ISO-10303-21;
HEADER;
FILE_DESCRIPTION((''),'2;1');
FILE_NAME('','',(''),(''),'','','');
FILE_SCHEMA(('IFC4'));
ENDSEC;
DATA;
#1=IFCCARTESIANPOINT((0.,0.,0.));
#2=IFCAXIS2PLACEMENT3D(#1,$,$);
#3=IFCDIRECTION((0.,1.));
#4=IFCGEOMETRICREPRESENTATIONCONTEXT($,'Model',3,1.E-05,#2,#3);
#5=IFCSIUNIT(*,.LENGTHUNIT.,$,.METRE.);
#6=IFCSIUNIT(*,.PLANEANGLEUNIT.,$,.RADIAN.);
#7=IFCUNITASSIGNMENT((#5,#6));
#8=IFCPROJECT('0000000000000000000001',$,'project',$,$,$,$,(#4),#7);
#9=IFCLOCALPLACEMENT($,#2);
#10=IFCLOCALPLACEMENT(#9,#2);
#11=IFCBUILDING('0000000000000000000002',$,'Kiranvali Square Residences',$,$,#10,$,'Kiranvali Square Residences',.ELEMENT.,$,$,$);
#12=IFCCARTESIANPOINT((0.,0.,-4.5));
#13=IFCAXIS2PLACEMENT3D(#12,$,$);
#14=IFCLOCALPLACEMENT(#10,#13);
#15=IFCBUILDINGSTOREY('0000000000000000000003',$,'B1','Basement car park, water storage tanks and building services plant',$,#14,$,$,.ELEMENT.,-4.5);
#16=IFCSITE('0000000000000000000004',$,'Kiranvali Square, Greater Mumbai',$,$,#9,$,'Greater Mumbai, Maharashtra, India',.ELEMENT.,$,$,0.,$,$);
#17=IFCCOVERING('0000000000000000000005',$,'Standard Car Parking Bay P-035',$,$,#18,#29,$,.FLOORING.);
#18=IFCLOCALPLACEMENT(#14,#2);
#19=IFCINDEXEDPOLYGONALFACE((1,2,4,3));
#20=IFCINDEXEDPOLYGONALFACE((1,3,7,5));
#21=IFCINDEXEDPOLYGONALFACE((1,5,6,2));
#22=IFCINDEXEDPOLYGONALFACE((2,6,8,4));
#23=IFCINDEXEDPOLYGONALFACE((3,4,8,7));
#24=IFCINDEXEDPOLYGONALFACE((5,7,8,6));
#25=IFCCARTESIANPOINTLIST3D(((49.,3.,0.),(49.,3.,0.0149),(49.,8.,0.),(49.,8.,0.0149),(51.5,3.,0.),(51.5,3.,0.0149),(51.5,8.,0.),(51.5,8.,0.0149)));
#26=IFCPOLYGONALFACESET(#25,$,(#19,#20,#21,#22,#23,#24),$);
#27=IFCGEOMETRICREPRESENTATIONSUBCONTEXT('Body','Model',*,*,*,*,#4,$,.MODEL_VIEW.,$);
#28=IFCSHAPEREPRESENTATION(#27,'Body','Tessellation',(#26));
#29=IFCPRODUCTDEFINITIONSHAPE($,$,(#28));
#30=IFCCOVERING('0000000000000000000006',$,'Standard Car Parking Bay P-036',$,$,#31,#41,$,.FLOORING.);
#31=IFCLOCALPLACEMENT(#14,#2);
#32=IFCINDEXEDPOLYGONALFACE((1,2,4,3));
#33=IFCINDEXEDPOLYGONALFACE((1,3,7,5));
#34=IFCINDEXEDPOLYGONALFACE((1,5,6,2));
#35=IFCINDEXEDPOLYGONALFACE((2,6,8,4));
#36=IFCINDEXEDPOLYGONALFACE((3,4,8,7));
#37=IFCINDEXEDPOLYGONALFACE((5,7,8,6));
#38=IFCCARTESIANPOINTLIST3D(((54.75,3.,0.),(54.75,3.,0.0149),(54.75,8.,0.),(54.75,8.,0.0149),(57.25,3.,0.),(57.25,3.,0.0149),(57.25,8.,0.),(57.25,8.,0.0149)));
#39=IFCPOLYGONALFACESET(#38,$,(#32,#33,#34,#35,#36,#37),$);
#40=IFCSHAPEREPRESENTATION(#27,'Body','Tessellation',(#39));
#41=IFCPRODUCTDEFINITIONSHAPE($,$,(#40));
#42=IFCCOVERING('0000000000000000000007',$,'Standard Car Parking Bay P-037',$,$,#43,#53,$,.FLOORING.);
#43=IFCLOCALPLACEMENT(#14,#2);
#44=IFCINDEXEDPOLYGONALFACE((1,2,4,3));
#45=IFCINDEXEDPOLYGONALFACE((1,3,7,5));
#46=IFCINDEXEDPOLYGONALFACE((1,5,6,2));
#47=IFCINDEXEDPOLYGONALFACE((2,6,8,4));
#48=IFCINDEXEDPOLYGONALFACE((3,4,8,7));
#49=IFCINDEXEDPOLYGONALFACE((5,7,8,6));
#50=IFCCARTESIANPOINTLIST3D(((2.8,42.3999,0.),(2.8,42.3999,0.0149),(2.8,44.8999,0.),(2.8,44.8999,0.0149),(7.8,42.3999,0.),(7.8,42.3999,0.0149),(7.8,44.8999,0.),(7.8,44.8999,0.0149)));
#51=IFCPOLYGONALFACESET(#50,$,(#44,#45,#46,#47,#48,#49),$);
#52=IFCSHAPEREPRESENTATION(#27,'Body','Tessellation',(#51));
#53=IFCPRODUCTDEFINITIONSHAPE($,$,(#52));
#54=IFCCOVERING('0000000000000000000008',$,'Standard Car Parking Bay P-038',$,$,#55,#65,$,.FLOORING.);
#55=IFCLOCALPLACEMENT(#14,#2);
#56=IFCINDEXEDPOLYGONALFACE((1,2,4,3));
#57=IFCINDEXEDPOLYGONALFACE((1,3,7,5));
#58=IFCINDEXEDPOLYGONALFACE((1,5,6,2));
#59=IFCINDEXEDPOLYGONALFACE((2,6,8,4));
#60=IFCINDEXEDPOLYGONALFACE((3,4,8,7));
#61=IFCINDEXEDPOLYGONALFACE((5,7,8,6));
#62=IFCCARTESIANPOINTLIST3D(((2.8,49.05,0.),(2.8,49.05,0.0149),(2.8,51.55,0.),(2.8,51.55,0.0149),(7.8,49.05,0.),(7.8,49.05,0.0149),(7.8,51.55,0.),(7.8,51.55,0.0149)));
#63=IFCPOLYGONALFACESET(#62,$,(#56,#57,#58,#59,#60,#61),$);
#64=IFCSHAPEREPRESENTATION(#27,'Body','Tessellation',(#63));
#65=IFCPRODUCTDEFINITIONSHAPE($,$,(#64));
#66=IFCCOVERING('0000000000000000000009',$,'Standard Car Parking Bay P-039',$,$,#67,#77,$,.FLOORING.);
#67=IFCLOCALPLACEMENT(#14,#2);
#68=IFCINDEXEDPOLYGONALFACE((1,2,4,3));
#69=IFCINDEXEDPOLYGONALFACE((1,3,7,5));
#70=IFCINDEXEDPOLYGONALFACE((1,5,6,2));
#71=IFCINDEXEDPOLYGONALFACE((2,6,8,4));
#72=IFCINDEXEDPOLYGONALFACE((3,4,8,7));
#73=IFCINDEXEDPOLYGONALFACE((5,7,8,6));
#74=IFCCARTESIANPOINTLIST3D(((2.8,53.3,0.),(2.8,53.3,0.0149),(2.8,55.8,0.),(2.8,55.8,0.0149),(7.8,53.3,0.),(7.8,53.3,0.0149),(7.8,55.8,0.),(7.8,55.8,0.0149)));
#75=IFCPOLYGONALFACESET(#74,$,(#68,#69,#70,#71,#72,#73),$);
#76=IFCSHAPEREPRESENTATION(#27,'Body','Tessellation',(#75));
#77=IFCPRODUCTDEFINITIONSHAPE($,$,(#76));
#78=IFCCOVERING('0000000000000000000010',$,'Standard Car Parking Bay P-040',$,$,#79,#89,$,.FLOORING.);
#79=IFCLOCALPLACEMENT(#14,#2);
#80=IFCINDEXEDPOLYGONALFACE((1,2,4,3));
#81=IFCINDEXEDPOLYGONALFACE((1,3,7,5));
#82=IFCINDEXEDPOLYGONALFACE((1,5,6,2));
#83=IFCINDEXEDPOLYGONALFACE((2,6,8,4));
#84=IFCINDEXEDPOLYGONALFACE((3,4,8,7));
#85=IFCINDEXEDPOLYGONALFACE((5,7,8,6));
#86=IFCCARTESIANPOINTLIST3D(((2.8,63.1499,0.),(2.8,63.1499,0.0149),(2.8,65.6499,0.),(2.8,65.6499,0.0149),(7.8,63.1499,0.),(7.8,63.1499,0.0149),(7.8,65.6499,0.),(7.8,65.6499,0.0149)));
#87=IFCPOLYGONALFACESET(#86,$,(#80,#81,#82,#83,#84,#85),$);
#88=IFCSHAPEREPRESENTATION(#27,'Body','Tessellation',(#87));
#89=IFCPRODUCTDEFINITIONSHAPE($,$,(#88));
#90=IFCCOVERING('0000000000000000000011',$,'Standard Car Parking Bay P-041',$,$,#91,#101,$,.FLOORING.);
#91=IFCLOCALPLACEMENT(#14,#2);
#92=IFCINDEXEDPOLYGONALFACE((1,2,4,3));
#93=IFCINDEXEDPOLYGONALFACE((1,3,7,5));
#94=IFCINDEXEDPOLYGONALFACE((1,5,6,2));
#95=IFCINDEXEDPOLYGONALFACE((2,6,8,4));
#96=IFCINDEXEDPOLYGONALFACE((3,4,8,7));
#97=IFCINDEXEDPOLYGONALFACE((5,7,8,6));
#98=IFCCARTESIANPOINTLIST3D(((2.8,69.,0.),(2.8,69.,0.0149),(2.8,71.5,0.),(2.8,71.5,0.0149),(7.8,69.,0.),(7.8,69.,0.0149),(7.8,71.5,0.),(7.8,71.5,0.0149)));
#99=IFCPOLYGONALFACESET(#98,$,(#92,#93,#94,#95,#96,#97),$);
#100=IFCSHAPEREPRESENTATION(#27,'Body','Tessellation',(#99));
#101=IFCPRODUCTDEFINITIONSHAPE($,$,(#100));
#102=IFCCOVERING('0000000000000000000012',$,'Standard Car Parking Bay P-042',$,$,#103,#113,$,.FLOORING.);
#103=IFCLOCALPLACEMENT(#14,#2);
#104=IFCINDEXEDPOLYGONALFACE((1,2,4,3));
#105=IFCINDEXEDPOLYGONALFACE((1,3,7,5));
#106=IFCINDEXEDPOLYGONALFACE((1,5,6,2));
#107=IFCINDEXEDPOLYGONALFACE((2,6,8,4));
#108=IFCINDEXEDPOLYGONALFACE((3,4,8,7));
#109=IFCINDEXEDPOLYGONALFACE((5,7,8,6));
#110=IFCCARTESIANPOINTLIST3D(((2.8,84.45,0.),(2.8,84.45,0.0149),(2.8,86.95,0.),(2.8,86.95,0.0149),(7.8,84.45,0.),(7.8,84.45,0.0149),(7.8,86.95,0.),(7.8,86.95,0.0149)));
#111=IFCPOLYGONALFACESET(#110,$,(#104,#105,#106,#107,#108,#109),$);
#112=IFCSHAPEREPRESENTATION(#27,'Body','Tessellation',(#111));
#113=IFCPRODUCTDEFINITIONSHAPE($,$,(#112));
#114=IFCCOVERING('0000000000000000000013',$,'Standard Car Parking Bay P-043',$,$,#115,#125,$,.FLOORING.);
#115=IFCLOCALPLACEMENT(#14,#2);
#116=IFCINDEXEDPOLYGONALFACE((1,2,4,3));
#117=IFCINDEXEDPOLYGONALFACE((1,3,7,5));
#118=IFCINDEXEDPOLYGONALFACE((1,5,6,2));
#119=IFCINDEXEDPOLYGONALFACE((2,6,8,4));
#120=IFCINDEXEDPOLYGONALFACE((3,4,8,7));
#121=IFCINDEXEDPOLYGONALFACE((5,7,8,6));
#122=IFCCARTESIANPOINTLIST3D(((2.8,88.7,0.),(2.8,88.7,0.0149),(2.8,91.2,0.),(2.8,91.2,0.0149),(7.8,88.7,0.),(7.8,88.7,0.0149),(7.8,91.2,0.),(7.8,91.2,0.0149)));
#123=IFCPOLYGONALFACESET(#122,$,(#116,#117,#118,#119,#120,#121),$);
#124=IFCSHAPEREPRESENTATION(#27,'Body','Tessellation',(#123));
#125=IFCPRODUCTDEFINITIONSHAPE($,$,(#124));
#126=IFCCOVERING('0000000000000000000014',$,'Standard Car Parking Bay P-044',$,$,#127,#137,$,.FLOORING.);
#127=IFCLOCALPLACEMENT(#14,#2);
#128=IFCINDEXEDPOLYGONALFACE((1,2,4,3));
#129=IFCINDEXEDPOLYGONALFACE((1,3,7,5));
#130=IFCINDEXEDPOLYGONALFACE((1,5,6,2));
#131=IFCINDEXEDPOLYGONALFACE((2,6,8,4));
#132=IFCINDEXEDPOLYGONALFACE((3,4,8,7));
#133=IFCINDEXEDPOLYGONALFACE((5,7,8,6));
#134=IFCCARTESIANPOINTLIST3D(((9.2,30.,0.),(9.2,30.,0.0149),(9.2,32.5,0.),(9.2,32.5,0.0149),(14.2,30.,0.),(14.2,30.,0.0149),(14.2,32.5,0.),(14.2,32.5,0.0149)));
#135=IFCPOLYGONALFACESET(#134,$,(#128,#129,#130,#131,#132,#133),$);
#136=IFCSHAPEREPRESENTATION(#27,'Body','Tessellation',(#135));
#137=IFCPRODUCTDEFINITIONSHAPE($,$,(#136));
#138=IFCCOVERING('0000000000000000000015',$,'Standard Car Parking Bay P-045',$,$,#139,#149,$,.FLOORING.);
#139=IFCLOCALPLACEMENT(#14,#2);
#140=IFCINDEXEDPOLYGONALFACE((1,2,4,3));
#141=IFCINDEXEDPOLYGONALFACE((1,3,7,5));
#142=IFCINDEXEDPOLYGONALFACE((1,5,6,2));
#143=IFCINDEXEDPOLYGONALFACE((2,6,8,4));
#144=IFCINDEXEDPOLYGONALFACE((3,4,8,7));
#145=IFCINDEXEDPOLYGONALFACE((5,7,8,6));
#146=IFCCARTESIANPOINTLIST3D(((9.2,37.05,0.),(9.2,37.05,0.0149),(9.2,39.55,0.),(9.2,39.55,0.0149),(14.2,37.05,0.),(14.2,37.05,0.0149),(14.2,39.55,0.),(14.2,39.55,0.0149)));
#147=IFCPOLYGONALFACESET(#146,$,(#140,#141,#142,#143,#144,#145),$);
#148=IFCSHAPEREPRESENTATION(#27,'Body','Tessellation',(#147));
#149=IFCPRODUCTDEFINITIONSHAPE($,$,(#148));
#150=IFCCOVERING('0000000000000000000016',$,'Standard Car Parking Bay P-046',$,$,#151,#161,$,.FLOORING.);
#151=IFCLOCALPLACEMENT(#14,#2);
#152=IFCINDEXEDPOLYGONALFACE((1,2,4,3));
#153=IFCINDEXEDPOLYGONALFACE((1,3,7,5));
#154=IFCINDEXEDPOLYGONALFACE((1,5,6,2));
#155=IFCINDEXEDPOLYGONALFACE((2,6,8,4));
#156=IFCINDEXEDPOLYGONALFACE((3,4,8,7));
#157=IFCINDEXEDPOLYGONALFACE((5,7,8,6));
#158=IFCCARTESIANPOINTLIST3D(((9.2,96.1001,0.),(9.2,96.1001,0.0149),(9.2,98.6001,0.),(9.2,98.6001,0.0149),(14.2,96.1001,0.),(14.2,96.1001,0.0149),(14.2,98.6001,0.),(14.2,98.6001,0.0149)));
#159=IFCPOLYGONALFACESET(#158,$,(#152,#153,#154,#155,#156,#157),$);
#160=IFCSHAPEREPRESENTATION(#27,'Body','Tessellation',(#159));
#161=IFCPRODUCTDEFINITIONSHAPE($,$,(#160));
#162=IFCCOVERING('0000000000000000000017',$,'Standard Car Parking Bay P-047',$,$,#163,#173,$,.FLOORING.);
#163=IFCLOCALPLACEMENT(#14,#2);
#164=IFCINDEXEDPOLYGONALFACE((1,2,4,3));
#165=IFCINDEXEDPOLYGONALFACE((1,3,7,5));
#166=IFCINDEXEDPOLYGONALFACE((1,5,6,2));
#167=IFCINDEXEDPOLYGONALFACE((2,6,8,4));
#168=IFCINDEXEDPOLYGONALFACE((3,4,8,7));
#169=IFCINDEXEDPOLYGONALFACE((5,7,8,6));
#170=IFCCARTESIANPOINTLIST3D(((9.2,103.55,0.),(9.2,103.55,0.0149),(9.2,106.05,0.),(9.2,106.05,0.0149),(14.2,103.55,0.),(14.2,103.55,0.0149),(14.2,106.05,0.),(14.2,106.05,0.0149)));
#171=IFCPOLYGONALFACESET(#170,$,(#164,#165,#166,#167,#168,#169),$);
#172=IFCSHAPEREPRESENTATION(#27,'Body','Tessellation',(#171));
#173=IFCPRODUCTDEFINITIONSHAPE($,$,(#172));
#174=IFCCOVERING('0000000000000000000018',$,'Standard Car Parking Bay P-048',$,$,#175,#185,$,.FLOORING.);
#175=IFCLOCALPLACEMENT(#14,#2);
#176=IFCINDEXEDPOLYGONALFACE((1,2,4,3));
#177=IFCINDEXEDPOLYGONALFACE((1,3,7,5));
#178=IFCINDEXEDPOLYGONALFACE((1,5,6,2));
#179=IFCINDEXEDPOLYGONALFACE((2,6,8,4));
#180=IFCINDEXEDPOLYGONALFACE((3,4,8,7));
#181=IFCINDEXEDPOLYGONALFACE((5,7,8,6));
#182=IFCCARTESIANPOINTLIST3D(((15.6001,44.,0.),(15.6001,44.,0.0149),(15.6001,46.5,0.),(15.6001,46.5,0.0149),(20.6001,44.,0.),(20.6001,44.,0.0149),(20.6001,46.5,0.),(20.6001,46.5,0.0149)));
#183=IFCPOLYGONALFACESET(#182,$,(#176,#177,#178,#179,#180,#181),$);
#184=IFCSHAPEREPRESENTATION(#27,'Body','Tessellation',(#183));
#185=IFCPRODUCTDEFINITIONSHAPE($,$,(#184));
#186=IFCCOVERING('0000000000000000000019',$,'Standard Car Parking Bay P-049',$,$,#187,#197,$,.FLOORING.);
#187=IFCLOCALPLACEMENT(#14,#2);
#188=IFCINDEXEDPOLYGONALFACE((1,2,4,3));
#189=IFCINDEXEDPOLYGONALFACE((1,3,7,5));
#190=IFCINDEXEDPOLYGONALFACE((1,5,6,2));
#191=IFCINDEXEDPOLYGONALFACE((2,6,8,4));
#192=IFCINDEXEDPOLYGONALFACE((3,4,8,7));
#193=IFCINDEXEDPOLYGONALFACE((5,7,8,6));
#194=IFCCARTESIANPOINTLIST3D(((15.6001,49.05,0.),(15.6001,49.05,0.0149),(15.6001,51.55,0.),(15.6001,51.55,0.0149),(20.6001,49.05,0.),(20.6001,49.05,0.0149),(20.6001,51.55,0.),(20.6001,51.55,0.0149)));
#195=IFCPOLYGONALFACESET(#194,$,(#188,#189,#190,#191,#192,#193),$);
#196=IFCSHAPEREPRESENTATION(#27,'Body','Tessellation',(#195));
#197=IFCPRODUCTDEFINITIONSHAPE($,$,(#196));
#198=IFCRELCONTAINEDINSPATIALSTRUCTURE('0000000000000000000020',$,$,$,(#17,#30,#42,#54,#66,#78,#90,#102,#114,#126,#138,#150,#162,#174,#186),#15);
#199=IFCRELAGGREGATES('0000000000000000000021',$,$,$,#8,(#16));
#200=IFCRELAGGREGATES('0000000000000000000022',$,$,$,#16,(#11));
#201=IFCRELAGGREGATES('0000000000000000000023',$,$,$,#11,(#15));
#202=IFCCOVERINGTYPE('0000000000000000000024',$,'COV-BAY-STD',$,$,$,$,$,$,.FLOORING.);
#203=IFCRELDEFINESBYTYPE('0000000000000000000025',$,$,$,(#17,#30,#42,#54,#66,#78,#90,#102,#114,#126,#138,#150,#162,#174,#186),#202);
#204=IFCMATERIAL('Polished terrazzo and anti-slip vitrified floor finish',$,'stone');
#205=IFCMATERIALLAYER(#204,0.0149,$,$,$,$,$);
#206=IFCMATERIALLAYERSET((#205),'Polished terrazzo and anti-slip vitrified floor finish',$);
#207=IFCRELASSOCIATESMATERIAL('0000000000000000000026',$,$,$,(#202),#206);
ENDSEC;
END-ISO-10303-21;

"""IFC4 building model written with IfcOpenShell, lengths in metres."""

from ifc_helpers import new_model, si_unit, direction, frame, origin, place, context, subcontext, project, spatial, polyline, outline, extrude, material, layer, layer_set, type_object, element, save


model = new_model("IFC4")

# Units and contexts
model_context = context("Model", 3, precision=1e-05, world=origin(), true_north=direction((0.0, 1.0)))
body_context = subcontext(model_context, "Body", "Model", "MODEL_VIEW")
ifc_project = project(units=[si_unit("LENGTHUNIT", "METRE"), si_unit("PLANEANGLEUNIT", "RADIAN")], contexts=[model_context])

# Site, building, storey
site_placement = place(None, origin())
site = spatial("IfcSite", under=ifc_project, at=site_placement, Name="Kiranvali Square, Greater Mumbai", LongName="Greater Mumbai, Maharashtra, India", CompositionType="ELEMENT", RefElevation=0.0)
building_placement = place(site_placement, origin())
building = spatial("IfcBuilding", under=site, at=building_placement, Name="Kiranvali Square Residences", LongName="Kiranvali Square Residences", CompositionType="ELEMENT")
storey_placement = place(building_placement, frame((0.0, 0.0, -4.5)))
storey = spatial("IfcBuildingStorey", under=building, at=storey_placement, Name="B1", Description="Basement car park, water storage tanks and building services plant", CompositionType="ELEMENT", Elevation=-4.5)

# Coverings
ifc_material = material(Name="Polished terrazzo and anti-slip vitrified floor finish", Category="stone")
ifc_layer = layer(ifc_material, 0.0149)
ifc_layer_set = layer_set([ifc_layer], Name="Polished terrazzo and anti-slip vitrified floor finish")
covering_type = type_object("IfcCoveringType", Name="COV-BAY-STD", PredefinedType="FLOORING", material=ifc_layer_set)
covering_1_placement = place(storey_placement, origin())
element("IfcCovering", 1, at=covering_1_placement, inside=storey, type_object=covering_type, Name="Standard Car Parking Bay P-035", PredefinedType="FLOORING", context=body_context, shape_type="SweptSolid", body=[
    extrude(outline(polyline([(49.0, 3.0), (51.5, 3.0), (51.5, 8.0), (49.0, 8.0), (49.0, 3.0)])), origin(), (0.0, 0.0, 1.0), 0.0149),
])
covering_2_placement = place(storey_placement, origin())
element("IfcCovering", 2, at=covering_2_placement, inside=storey, type_object=covering_type, Name="Standard Car Parking Bay P-036", PredefinedType="FLOORING", context=body_context, shape_type="SweptSolid", body=[
    extrude(outline(polyline([(54.75, 3.0), (57.25, 3.0), (57.25, 8.0), (54.75, 8.0), (54.75, 3.0)])), origin(), (0.0, 0.0, 1.0), 0.0149),
])
covering_3_placement = place(storey_placement, origin())
element("IfcCovering", 3, at=covering_3_placement, inside=storey, type_object=covering_type, Name="Standard Car Parking Bay P-037", PredefinedType="FLOORING", context=body_context, shape_type="SweptSolid", body=[
    extrude(outline(polyline([(2.8, 42.3999), (7.8, 42.3999), (7.8, 44.8999), (2.8, 44.8999), (2.8, 42.3999)])), origin(), (0.0, 0.0, 1.0), 0.0149),
])
covering_4_placement = place(storey_placement, origin())
element("IfcCovering", 4, at=covering_4_placement, inside=storey, type_object=covering_type, Name="Standard Car Parking Bay P-038", PredefinedType="FLOORING", context=body_context, shape_type="SweptSolid", body=[
    extrude(outline(polyline([(2.8, 49.05), (7.8, 49.05), (7.8, 51.55), (2.8, 51.55), (2.8, 49.05)])), origin(), (0.0, 0.0, 1.0), 0.0149),
])
covering_5_placement = place(storey_placement, origin())
element("IfcCovering", 5, at=covering_5_placement, inside=storey, type_object=covering_type, Name="Standard Car Parking Bay P-039", PredefinedType="FLOORING", context=body_context, shape_type="SweptSolid", body=[
    extrude(outline(polyline([(2.8, 53.3), (7.8, 53.3), (7.8, 55.8), (2.8, 55.8), (2.8, 53.3)])), origin(), (0.0, 0.0, 1.0), 0.0149),
])
covering_6_placement = place(storey_placement, origin())
element("IfcCovering", 6, at=covering_6_placement, inside=storey, type_object=covering_type, Name="Standard Car Parking Bay P-040", PredefinedType="FLOORING", context=body_context, shape_type="SweptSolid", body=[
    extrude(outline(polyline([(2.8, 63.1499), (7.8, 63.1499), (7.8, 65.6499), (2.8, 65.6499), (2.8, 63.1499)])), origin(), (0.0, 0.0, 1.0), 0.0149),
])
covering_7_placement = place(storey_placement, origin())
element("IfcCovering", 7, at=covering_7_placement, inside=storey, type_object=covering_type, Name="Standard Car Parking Bay P-041", PredefinedType="FLOORING", context=body_context, shape_type="SweptSolid", body=[
    extrude(outline(polyline([(2.8, 69.0), (7.8, 69.0), (7.8, 71.5), (2.8, 71.5), (2.8, 69.0)])), origin(), (0.0, 0.0, 1.0), 0.0149),
])
covering_8_placement = place(storey_placement, origin())
element("IfcCovering", 8, at=covering_8_placement, inside=storey, type_object=covering_type, Name="Standard Car Parking Bay P-042", PredefinedType="FLOORING", context=body_context, shape_type="SweptSolid", body=[
    extrude(outline(polyline([(2.8, 84.45), (7.8, 84.45), (7.8, 86.95), (2.8, 86.95), (2.8, 84.45)])), origin(), (0.0, 0.0, 1.0), 0.0149),
])
covering_9_placement = place(storey_placement, origin())
element("IfcCovering", 9, at=covering_9_placement, inside=storey, type_object=covering_type, Name="Standard Car Parking Bay P-043", PredefinedType="FLOORING", context=body_context, shape_type="SweptSolid", body=[
    extrude(outline(polyline([(2.8, 88.7), (7.8, 88.7), (7.8, 91.2), (2.8, 91.2), (2.8, 88.7)])), origin(), (0.0, 0.0, 1.0), 0.0149),
])
covering_10_placement = place(storey_placement, origin())
element("IfcCovering", 10, at=covering_10_placement, inside=storey, type_object=covering_type, Name="Standard Car Parking Bay P-044", PredefinedType="FLOORING", context=body_context, shape_type="SweptSolid", body=[
    extrude(outline(polyline([(9.2, 30.0), (14.2, 30.0), (14.2, 32.5), (9.2, 32.5), (9.2, 30.0)])), origin(), (0.0, 0.0, 1.0), 0.0149),
])
covering_11_placement = place(storey_placement, origin())
element("IfcCovering", 11, at=covering_11_placement, inside=storey, type_object=covering_type, Name="Standard Car Parking Bay P-045", PredefinedType="FLOORING", context=body_context, shape_type="SweptSolid", body=[
    extrude(outline(polyline([(9.2, 37.05), (14.2, 37.05), (14.2, 39.55), (9.2, 39.55), (9.2, 37.05)])), origin(), (0.0, 0.0, 1.0), 0.0149),
])
covering_12_placement = place(storey_placement, origin())
element("IfcCovering", 12, at=covering_12_placement, inside=storey, type_object=covering_type, Name="Standard Car Parking Bay P-046", PredefinedType="FLOORING", context=body_context, shape_type="SweptSolid", body=[
    extrude(outline(polyline([(9.2, 96.1001), (14.2, 96.1001), (14.2, 98.6001), (9.2, 98.6001), (9.2, 96.1001)])), origin(), (0.0, 0.0, 1.0), 0.0149),
])
covering_13_placement = place(storey_placement, origin())
element("IfcCovering", 13, at=covering_13_placement, inside=storey, type_object=covering_type, Name="Standard Car Parking Bay P-047", PredefinedType="FLOORING", context=body_context, shape_type="SweptSolid", body=[
    extrude(outline(polyline([(9.2, 103.55), (14.2, 103.55), (14.2, 106.05), (9.2, 106.05), (9.2, 103.55)])), origin(), (0.0, 0.0, 1.0), 0.0149),
])
covering_14_placement = place(storey_placement, origin())
element("IfcCovering", 14, at=covering_14_placement, inside=storey, type_object=covering_type, Name="Standard Car Parking Bay P-048", PredefinedType="FLOORING", context=body_context, shape_type="SweptSolid", body=[
    extrude(outline(polyline([(15.6001, 44.0), (20.6001, 44.0), (20.6001, 46.5), (15.6001, 46.5), (15.6001, 44.0)])), origin(), (0.0, 0.0, 1.0), 0.0149),
])
covering_15_placement = place(storey_placement, origin())
element("IfcCovering", 15, at=covering_15_placement, inside=storey, type_object=covering_type, Name="Standard Car Parking Bay P-049", PredefinedType="FLOORING", context=body_context, shape_type="SweptSolid", body=[
    extrude(outline(polyline([(15.6001, 49.05), (20.6001, 49.05), (20.6001, 51.55), (15.6001, 51.55), (15.6001, 49.05)])), origin(), (0.0, 0.0, 1.0), 0.0149),
])

save(model, "model.ifc")
